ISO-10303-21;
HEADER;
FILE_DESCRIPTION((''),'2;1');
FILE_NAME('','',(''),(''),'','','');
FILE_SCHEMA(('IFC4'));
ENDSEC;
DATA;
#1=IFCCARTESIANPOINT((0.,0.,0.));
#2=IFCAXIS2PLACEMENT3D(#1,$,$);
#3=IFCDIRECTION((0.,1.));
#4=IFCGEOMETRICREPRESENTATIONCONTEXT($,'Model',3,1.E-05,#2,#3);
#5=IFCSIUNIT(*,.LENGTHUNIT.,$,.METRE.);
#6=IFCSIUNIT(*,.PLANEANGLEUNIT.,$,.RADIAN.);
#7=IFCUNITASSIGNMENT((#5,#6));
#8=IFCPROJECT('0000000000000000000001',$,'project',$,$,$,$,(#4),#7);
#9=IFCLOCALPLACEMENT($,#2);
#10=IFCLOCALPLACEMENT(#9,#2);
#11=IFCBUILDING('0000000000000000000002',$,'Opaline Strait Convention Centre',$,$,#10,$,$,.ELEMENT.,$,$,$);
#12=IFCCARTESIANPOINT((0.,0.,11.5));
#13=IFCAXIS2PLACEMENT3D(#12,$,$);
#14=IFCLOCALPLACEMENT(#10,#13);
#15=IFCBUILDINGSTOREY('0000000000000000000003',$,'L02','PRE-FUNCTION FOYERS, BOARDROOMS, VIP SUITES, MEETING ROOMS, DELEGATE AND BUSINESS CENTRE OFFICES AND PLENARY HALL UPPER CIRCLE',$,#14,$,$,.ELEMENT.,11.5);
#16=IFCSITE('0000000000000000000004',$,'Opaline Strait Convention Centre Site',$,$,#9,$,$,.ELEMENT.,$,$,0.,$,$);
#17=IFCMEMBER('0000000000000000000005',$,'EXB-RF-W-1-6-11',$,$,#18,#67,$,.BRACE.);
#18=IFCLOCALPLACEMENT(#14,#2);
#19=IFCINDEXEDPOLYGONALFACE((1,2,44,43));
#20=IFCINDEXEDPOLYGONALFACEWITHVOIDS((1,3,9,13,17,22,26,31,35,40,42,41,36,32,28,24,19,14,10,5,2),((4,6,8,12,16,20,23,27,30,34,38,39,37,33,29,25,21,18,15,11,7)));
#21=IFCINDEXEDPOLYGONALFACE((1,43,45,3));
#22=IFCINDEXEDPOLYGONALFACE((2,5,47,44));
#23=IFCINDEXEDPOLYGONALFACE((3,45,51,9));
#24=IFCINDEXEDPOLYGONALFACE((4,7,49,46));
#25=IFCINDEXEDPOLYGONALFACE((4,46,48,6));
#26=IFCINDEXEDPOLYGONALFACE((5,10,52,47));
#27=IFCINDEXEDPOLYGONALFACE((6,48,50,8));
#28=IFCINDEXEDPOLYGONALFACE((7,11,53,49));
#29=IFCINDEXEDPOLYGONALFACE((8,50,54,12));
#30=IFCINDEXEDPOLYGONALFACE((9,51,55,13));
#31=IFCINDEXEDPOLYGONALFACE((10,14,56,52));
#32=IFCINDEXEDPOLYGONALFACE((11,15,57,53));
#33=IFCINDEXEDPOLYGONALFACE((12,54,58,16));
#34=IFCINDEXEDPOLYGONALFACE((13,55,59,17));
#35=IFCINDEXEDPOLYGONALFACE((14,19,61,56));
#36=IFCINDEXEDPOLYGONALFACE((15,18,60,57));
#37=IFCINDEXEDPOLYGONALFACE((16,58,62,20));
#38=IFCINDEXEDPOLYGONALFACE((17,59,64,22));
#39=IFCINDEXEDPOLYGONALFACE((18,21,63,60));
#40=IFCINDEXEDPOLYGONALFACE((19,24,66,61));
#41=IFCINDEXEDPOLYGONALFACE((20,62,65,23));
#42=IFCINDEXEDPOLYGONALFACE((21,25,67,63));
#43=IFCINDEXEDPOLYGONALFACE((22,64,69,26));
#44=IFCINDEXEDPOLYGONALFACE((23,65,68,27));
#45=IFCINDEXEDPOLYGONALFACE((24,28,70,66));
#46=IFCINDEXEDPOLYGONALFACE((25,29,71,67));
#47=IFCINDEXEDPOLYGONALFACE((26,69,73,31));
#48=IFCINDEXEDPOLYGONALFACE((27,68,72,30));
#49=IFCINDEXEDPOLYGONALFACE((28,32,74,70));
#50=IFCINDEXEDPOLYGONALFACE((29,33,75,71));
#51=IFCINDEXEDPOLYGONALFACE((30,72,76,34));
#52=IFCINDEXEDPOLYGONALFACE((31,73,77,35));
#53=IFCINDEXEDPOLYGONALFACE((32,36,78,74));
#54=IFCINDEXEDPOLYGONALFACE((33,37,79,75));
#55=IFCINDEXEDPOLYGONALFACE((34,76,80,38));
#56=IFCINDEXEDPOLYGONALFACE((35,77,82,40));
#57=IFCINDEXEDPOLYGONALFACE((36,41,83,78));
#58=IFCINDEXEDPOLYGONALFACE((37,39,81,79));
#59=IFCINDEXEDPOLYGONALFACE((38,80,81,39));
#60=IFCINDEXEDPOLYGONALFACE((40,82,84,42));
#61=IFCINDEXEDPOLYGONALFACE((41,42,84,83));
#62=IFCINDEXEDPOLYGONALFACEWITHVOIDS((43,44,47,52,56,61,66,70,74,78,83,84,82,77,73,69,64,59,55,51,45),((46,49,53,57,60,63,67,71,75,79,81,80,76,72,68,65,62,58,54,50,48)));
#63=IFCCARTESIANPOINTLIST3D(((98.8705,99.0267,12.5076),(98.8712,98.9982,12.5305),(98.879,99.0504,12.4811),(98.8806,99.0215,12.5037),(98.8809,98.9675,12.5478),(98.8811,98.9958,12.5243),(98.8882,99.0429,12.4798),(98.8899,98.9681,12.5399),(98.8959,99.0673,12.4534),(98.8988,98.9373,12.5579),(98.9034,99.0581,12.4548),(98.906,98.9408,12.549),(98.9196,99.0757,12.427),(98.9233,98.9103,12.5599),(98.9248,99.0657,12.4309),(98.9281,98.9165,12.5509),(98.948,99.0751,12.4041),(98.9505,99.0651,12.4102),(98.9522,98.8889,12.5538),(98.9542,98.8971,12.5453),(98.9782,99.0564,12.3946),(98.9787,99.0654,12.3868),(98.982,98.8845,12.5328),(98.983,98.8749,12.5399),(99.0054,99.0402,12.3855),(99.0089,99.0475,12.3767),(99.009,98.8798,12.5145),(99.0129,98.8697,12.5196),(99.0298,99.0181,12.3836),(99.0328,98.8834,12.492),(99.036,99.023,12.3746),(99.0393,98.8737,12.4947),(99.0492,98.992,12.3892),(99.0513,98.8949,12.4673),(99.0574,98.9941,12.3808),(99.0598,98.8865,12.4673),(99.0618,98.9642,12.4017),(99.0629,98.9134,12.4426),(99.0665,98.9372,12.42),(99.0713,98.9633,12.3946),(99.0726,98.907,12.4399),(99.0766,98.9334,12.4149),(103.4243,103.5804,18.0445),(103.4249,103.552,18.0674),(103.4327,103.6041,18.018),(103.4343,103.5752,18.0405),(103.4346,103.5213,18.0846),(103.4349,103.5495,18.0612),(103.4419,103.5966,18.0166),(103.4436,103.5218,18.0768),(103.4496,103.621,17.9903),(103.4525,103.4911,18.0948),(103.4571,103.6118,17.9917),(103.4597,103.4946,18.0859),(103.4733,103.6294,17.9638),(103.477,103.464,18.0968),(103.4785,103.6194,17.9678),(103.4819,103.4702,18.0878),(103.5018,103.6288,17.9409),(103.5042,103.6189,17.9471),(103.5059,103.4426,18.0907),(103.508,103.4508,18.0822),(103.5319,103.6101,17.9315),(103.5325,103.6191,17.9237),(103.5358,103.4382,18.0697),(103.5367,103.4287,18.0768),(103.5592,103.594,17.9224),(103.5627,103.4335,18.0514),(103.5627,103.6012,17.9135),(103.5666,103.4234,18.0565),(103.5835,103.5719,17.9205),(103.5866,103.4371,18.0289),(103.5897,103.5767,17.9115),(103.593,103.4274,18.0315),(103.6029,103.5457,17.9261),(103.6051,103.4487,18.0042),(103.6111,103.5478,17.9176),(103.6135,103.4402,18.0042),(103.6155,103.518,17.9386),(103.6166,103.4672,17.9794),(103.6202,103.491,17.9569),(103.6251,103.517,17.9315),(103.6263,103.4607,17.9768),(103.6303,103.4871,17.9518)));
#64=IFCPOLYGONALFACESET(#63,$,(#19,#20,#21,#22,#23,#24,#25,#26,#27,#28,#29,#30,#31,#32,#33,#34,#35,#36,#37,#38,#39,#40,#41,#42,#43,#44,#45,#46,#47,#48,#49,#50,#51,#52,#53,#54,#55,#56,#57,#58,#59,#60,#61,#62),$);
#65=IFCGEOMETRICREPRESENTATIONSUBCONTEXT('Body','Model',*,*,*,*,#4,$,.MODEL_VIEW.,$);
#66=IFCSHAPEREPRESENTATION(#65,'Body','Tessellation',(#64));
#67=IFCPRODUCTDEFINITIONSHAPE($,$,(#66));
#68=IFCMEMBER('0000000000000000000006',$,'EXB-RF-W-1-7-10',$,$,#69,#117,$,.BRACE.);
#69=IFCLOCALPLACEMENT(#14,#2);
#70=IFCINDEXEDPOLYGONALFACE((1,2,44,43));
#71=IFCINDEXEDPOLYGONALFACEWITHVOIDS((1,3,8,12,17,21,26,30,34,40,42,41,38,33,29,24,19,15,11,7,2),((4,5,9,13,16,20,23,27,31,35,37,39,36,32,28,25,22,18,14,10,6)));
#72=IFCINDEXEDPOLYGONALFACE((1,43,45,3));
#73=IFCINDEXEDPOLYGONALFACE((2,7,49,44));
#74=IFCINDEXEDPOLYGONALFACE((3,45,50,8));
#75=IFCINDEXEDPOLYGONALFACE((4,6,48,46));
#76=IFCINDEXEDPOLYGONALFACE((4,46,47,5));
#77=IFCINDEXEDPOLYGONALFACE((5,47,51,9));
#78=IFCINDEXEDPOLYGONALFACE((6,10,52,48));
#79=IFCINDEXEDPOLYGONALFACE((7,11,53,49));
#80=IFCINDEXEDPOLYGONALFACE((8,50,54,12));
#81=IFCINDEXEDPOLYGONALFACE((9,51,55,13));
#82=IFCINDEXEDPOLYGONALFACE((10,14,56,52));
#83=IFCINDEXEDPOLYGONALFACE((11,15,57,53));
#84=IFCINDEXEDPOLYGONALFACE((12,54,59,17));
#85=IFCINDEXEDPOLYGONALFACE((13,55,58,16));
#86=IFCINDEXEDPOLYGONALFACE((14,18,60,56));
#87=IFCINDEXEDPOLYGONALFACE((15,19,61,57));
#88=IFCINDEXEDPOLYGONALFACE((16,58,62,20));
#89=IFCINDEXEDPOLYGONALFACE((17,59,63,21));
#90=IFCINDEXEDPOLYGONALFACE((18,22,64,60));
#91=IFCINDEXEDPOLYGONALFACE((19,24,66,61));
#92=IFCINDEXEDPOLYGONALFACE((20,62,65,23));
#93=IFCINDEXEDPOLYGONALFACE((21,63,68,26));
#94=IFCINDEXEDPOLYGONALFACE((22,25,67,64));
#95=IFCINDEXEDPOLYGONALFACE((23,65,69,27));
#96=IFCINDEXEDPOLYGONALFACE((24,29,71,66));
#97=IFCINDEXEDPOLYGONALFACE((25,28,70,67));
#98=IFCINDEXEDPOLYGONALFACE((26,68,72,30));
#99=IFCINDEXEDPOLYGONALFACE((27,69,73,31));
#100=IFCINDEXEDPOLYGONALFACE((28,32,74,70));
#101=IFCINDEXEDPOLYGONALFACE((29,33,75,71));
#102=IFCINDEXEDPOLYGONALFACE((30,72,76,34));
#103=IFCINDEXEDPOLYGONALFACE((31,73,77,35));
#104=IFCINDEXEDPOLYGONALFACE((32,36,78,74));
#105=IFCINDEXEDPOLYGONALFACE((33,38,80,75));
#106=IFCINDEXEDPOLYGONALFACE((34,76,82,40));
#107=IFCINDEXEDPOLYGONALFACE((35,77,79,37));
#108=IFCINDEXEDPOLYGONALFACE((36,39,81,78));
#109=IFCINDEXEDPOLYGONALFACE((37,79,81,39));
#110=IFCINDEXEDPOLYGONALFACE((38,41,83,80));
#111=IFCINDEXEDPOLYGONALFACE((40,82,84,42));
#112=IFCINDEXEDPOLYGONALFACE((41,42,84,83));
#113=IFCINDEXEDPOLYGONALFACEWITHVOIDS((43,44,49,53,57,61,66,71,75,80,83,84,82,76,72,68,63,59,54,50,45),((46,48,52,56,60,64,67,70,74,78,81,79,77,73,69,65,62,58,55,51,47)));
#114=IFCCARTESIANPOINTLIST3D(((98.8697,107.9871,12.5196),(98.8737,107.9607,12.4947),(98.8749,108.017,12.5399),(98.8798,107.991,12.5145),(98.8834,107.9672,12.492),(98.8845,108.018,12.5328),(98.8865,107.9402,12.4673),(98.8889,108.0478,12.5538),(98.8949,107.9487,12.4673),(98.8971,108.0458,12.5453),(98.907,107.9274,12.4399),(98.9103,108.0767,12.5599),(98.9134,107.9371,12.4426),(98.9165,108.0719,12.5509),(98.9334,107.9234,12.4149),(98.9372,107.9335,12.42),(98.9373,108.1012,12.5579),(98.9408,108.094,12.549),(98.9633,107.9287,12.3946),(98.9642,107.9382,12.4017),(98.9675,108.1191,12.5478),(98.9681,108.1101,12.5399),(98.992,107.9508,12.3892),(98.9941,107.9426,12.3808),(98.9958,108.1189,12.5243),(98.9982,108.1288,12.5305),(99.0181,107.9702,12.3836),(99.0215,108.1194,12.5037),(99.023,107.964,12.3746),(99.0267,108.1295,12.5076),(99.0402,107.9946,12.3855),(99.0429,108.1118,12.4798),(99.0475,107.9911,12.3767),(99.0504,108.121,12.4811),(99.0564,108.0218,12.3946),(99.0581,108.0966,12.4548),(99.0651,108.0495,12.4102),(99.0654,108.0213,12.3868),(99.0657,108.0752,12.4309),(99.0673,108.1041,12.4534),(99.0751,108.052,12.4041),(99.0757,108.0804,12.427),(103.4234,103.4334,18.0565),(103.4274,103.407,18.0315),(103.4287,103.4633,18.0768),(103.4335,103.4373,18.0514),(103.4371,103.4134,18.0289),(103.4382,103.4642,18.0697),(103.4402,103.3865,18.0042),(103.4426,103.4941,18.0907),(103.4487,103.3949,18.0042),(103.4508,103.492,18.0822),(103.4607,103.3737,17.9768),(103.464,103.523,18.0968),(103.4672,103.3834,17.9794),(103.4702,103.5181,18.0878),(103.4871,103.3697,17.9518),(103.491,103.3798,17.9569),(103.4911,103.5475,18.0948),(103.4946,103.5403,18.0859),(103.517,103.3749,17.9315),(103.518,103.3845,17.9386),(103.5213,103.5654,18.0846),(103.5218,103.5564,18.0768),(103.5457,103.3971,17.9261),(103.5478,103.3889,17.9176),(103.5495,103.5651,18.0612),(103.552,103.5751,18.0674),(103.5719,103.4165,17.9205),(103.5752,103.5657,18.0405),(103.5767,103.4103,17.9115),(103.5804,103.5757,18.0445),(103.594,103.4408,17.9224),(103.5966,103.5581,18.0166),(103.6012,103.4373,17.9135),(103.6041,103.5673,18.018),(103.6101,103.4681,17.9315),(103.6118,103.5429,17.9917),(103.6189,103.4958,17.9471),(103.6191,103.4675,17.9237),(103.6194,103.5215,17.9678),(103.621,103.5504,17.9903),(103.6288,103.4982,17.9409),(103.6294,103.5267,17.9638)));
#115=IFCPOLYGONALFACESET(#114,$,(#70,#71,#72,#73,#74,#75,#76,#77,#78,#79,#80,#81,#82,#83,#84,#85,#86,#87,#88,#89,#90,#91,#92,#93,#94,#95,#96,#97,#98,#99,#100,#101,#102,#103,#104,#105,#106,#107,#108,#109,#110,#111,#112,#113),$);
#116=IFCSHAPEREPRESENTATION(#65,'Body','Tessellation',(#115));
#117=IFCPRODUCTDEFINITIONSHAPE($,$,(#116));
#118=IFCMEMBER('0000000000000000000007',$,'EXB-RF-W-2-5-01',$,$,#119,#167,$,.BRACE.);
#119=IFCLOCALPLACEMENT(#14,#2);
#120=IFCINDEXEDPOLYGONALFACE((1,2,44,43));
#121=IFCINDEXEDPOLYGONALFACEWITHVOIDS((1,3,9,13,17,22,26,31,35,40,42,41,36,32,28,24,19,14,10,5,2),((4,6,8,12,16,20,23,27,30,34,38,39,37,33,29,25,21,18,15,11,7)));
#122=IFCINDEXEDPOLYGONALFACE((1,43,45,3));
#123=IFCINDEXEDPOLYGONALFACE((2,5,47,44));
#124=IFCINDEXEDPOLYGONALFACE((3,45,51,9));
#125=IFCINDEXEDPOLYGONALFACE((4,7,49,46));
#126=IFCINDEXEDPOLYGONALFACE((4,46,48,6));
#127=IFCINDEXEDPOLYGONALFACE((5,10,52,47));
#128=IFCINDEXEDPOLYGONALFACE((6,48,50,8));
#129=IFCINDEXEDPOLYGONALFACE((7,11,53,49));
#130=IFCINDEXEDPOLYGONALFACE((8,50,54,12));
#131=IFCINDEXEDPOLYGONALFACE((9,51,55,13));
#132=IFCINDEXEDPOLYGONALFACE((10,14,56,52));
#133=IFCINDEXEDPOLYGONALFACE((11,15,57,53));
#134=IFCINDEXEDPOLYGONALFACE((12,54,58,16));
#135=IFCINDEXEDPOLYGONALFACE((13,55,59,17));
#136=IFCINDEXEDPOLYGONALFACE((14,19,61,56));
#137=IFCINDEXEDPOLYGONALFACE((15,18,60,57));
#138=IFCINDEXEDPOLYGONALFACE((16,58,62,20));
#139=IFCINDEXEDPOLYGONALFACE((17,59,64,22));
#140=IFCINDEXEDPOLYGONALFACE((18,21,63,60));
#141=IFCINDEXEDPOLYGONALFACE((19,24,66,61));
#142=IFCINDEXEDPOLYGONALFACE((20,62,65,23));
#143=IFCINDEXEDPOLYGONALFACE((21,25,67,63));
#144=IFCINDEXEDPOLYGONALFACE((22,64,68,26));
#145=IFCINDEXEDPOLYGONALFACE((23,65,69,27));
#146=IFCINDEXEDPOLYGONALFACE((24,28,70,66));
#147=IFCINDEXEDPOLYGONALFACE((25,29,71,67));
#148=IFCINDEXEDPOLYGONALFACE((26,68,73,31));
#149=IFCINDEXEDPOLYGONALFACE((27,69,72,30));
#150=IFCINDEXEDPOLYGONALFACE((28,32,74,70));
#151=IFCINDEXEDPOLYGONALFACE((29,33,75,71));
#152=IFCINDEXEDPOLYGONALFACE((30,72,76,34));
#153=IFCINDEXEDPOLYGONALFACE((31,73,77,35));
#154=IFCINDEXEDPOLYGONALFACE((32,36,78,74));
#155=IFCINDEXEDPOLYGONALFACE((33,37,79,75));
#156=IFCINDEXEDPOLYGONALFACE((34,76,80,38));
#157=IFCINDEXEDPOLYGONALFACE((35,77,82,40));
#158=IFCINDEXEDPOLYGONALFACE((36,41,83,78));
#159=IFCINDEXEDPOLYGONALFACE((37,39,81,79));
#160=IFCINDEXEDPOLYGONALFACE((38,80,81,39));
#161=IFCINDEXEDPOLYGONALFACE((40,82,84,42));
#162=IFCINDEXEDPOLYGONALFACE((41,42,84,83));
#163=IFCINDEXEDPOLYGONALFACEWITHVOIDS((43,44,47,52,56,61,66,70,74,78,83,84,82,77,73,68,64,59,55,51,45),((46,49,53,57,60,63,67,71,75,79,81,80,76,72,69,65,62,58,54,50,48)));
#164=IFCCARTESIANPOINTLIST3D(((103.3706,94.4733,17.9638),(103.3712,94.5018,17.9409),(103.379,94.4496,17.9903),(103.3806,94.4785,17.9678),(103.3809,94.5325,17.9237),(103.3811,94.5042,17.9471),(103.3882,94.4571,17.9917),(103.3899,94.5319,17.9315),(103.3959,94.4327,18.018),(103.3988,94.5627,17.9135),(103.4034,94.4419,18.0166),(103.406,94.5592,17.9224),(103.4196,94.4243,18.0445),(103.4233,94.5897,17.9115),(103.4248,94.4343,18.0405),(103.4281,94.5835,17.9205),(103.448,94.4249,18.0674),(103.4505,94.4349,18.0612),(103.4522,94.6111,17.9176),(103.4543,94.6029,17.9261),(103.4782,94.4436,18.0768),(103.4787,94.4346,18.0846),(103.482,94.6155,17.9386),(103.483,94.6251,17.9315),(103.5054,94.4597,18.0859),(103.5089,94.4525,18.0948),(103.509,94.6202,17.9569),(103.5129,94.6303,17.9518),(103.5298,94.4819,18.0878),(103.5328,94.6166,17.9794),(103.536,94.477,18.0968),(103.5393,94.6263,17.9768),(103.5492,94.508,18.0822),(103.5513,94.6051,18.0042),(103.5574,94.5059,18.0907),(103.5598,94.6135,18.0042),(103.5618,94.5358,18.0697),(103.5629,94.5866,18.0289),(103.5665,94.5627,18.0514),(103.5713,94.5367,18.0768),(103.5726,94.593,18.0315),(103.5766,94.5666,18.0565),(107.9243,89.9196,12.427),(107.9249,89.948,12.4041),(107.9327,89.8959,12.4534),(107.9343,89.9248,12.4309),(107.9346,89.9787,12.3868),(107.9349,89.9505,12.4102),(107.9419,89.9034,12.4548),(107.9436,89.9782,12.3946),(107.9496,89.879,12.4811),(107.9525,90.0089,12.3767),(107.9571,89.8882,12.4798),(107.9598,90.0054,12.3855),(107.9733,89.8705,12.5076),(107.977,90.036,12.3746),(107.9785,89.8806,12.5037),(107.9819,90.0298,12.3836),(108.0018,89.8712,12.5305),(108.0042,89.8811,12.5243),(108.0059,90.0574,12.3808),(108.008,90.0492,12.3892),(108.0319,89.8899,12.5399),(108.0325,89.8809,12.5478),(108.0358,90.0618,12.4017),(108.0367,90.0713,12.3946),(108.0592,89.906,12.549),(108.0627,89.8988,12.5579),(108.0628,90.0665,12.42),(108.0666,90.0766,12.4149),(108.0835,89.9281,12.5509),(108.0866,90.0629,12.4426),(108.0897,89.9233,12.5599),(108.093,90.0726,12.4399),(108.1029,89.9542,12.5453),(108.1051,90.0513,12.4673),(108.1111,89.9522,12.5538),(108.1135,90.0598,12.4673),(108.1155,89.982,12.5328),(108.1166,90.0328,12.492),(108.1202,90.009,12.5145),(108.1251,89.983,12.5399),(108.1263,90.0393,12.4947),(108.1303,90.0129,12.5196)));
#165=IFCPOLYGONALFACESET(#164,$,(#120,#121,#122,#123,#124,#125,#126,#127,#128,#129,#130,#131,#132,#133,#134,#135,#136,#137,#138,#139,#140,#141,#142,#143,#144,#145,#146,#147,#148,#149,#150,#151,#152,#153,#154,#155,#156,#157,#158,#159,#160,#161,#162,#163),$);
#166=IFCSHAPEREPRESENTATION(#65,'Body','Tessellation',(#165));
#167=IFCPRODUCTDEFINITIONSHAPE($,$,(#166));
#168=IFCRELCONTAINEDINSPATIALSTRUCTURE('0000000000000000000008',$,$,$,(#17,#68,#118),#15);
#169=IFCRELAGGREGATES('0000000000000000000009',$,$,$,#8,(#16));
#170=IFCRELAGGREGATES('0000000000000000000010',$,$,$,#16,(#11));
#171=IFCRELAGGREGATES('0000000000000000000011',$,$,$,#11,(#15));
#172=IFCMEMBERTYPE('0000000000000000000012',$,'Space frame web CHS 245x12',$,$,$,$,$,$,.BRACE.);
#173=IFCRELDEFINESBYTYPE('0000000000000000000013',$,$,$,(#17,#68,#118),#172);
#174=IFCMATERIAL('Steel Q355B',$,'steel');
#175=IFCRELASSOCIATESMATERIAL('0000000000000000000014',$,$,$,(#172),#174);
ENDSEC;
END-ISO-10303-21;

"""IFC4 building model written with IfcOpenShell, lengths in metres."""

from ifc_helpers import new_model, si_unit, direction, frame, origin, origin_2d, place, context, subcontext, project, spatial, hollow_circle, extrude, material, material_profile, profile_set, type_object, element, save


model = new_model("IFC4")

# Units and contexts
model_context = context("Model", 3, precision=1e-05, world=origin(), true_north=direction((0.0, 1.0)))
body_context = subcontext(model_context, "Body", "Model", "MODEL_VIEW")
ifc_project = project(units=[si_unit("LENGTHUNIT", "METRE"), si_unit("PLANEANGLEUNIT", "RADIAN")], contexts=[model_context])

# Site, building, storey
site_placement = place(None, origin())
site = spatial("IfcSite", under=ifc_project, at=site_placement, Name="Opaline Strait Convention Centre Site", CompositionType="ELEMENT", RefElevation=0.0)
building_placement = place(site_placement, origin())
building = spatial("IfcBuilding", under=site, at=building_placement, Name="Opaline Strait Convention Centre", CompositionType="ELEMENT")
storey_placement = place(building_placement, frame((0.0, 0.0, 11.5)))
storey = spatial("IfcBuildingStorey", under=building, at=storey_placement, Name="L02", Description="PRE-FUNCTION FOYERS, BOARDROOMS, VIP SUITES, MEETING ROOMS, DELEGATE AND BUSINESS CENTRE OFFICES AND PLENARY HALL UPPER CIRCLE", CompositionType="ELEMENT", Elevation=11.5)

# Members
ifc_material = material(Name="Steel Q355B", Category="steel")
ifc_material_profile_1 = material_profile(ifc_material, hollow_circle(Radius=0.1226, WallThickness=0.012, at=origin_2d()), Name="CHS 245x12")
ifc_profile_set_1 = profile_set([ifc_material_profile_1], Name="Steel Q355B")
member_type_1 = type_object("IfcMemberType", Name="Space frame web CHS 245x12", PredefinedType="BRACE", material=ifc_profile_set_1)
for number, where, z_axis, x_axis, name in (
    (1, (103.5269, 103.5269, 18.0042), (-0.536178, -0.536178, -0.65194), (0.707107, -0.707107, 0.0), "EXB-RF-W-1-6-11"),
    (2, (103.5269, 103.4731, 18.0042), (-0.536178, 0.536178, -0.65194), (-0.707107, -0.707107, 0.0), "EXB-RF-W-1-7-10"),
    (3, (103.4731, 94.5269, 18.0042), (0.536178, -0.536178, -0.65194), (0.707107, 0.707107, 0.0), "EXB-RF-W-2-5-01"),
):
    element("IfcMember", number, at=place(storey_placement, frame(where, z_axis=z_axis, x_axis=x_axis)), inside=storey, type_object=member_type_1, Name=name, PredefinedType="BRACE", context=body_context, shape_type="SweptSolid", body=[
        extrude(hollow_circle(Radius=0.1226, WallThickness=0.012, at=origin_2d()), origin(), (0.0, 0.0, 1.0), 8.4929),
    ])

save(model, "model.ifc")
